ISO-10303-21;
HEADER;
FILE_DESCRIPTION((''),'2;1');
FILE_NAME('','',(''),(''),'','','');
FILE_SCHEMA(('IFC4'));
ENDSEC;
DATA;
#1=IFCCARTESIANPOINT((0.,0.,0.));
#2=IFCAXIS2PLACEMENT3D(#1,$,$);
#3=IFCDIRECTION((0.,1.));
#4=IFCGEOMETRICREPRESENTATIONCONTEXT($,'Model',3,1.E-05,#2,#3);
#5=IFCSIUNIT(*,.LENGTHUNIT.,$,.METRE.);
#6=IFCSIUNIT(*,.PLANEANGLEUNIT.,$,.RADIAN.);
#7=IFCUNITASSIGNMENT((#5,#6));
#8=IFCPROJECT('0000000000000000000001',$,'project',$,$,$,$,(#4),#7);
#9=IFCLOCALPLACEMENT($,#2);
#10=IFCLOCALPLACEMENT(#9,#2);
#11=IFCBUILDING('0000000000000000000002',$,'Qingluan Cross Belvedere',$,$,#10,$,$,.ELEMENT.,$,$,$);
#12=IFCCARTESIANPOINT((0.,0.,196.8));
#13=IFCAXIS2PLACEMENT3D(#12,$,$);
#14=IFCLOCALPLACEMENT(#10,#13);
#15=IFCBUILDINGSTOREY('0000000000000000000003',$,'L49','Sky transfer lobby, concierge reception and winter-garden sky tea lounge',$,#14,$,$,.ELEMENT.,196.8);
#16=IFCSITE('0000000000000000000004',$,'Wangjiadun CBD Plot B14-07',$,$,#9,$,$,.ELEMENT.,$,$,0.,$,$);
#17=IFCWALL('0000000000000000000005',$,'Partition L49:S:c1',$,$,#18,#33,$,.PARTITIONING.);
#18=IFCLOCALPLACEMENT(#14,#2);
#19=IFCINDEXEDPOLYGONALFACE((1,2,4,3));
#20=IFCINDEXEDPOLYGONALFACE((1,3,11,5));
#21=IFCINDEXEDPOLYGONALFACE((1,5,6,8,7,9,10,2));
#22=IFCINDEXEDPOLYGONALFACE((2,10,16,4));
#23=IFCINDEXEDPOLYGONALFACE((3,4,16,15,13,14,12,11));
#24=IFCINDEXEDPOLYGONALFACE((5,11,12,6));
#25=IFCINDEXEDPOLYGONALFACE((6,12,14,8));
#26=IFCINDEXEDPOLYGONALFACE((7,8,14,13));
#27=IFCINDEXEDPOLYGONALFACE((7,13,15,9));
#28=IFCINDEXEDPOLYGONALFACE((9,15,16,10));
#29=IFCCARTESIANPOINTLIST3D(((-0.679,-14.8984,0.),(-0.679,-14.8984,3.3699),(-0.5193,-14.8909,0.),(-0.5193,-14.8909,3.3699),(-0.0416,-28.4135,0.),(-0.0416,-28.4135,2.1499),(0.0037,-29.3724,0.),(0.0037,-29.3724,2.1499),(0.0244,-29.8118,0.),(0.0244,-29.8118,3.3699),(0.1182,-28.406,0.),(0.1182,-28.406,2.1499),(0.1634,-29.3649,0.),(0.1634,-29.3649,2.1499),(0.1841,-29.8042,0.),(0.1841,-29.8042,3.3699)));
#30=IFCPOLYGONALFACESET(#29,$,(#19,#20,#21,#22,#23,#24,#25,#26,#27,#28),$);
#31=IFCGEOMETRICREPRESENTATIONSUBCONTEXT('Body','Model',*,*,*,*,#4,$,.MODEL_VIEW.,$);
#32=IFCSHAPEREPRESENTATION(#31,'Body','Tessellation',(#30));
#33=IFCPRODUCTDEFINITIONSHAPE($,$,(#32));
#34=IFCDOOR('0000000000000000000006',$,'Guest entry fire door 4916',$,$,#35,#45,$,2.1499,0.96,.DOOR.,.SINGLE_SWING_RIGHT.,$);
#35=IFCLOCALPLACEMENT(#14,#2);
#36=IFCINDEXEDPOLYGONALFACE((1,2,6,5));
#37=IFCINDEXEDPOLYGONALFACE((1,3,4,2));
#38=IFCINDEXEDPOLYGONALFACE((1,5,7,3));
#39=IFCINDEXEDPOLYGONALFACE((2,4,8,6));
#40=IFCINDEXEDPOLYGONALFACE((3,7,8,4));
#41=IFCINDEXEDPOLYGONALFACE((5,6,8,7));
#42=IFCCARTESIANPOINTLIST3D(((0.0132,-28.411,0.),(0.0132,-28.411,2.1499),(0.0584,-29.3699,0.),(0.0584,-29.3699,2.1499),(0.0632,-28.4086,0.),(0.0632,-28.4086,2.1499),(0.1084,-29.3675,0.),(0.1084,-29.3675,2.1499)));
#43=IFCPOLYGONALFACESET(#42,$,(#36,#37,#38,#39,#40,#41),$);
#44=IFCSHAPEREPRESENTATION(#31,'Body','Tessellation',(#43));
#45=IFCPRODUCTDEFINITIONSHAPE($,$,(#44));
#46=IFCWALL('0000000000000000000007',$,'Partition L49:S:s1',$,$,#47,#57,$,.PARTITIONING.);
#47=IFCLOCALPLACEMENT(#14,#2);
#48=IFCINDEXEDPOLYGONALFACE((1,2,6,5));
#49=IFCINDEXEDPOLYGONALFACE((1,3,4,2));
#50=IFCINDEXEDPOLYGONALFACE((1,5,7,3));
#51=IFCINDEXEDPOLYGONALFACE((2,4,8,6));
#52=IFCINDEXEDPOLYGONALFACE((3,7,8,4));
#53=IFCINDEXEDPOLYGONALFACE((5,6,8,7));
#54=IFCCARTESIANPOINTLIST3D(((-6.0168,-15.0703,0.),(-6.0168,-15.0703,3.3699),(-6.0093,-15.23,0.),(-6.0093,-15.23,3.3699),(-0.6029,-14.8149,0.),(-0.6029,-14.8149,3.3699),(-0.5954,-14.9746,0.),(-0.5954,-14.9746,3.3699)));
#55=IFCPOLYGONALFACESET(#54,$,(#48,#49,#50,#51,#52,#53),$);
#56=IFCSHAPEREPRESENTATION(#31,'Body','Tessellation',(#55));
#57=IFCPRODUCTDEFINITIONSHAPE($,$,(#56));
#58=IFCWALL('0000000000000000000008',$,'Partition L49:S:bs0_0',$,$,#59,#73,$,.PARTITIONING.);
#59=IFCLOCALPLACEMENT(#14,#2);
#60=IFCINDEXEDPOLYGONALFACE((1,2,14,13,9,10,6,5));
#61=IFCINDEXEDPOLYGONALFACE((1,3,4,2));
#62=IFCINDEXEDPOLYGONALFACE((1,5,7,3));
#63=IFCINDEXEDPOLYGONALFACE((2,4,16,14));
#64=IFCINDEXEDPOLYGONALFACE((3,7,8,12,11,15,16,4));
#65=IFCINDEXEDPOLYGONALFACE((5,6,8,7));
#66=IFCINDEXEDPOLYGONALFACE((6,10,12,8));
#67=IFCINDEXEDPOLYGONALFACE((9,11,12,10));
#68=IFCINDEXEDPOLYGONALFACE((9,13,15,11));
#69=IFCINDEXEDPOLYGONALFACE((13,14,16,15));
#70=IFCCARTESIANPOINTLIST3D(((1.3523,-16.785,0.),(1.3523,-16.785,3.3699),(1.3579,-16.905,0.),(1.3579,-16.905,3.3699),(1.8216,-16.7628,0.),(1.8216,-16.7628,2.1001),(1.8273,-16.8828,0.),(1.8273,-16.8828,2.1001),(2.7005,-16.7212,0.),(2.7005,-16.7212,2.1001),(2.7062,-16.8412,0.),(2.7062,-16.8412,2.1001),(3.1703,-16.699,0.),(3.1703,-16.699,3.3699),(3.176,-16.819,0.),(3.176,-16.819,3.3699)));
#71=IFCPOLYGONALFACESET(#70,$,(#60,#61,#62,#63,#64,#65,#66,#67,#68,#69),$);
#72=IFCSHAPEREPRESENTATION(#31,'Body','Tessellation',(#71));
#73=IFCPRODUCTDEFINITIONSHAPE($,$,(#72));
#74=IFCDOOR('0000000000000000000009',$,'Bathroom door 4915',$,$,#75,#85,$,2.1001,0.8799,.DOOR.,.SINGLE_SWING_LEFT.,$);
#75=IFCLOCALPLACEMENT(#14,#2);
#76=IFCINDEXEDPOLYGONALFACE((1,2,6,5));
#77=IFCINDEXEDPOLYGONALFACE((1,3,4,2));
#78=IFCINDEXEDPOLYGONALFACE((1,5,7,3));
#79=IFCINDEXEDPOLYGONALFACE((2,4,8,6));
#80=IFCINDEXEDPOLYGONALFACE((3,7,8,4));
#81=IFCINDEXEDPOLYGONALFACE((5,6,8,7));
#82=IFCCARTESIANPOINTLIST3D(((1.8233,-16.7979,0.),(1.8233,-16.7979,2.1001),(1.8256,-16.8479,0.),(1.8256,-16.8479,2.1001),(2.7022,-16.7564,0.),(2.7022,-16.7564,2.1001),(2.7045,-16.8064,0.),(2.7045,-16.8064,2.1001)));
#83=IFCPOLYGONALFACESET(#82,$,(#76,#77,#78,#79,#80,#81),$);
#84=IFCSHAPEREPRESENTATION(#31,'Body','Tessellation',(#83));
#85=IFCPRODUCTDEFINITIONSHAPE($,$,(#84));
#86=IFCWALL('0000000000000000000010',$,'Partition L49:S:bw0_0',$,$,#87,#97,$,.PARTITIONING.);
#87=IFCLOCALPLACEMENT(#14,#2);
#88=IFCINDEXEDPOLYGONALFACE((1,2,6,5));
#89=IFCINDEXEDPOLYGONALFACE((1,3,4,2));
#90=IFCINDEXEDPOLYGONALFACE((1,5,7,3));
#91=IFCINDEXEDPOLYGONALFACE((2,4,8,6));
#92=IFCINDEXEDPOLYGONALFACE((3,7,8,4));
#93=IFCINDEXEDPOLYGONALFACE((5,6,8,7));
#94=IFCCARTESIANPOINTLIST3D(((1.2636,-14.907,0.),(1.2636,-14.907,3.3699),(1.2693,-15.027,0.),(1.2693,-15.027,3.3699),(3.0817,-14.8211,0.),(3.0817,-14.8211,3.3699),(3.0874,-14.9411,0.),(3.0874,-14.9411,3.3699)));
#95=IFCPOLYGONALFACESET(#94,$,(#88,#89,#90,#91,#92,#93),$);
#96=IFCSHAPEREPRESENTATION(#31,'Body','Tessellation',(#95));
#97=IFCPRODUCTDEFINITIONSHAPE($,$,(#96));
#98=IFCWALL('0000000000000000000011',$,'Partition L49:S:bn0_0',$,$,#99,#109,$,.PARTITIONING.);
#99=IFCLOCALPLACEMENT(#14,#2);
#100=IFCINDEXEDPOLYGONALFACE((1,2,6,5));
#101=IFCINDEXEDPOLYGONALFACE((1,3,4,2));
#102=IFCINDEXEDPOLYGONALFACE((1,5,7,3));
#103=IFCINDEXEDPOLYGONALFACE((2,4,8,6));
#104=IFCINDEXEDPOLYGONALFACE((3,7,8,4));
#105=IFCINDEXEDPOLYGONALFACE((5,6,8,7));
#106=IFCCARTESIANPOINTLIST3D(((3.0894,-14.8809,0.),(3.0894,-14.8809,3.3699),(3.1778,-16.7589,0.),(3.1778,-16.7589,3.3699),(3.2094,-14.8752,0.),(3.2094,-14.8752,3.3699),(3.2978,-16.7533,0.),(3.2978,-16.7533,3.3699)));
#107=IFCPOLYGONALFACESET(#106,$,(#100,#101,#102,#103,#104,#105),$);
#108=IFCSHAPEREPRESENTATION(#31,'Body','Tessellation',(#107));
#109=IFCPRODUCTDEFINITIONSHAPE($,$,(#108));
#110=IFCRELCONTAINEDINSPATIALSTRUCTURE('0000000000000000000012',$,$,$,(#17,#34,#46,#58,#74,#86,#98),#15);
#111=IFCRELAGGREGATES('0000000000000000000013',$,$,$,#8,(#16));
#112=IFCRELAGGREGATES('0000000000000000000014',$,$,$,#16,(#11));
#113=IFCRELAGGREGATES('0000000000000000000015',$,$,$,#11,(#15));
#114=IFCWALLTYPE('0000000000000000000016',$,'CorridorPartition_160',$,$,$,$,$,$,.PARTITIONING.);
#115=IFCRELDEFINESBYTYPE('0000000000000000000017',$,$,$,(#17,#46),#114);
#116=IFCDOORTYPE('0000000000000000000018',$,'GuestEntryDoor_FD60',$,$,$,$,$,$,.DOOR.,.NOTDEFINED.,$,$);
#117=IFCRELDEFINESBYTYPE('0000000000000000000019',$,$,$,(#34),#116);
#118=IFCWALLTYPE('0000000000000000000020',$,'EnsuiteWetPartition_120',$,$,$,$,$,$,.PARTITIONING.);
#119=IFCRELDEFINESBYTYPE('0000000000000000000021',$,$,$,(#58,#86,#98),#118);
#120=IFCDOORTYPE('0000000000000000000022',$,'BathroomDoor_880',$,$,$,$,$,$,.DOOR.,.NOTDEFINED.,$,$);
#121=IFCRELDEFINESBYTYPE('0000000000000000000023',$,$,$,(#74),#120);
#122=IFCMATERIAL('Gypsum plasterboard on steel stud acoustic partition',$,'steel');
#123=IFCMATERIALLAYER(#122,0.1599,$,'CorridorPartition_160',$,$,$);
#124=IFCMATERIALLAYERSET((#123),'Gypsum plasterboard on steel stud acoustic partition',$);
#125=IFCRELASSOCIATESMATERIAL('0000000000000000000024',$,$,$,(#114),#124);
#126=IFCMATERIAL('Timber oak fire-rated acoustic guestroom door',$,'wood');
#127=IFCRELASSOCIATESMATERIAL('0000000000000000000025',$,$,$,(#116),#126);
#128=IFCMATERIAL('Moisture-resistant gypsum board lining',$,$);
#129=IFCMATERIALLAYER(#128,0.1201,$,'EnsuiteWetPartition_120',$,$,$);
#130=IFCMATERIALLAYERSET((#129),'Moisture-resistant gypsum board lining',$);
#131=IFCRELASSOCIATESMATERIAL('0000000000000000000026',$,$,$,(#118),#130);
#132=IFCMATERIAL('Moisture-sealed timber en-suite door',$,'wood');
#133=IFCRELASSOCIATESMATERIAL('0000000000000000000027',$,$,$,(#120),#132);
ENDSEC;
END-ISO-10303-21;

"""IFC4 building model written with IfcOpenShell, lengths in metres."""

from ifc_helpers import new_model, si_unit, direction, frame, frame_2d, origin, place, context, subcontext, project, spatial, rectangle, extrude, material, layer, layer_set, type_object, element, fill, save


model = new_model("IFC4")

# Units and contexts
model_context = context("Model", 3, precision=1e-05, world=origin(), true_north=direction((0.0, 1.0)))
body_context = subcontext(model_context, "Body", "Model", "MODEL_VIEW")
ifc_project = project(units=[si_unit("LENGTHUNIT", "METRE"), si_unit("PLANEANGLEUNIT", "RADIAN")], contexts=[model_context])

# Site, building, storey
site_placement = place(None, origin())
site = spatial("IfcSite", under=ifc_project, at=site_placement, Name="Wangjiadun CBD Plot B14-07", CompositionType="ELEMENT", RefElevation=0.0)
building_placement = place(site_placement, origin())
building = spatial("IfcBuilding", under=site, at=building_placement, Name="Qingluan Cross Belvedere", CompositionType="ELEMENT")
storey_placement = place(building_placement, frame((0.0, 0.0, 196.8)))
storey = spatial("IfcBuildingStorey", under=building, at=storey_placement, Name="L49", Description="Sky transfer lobby, concierge reception and winter-garden sky tea lounge", CompositionType="ELEMENT", Elevation=196.8)

# Shared definitions
ifc_material_1 = material(Name="Gypsum plasterboard on steel stud acoustic partition", Category="steel")
ifc_layer_1 = layer(ifc_material_1, 0.1599, Name="CorridorPartition_160")
ifc_layer_set_1 = layer_set([ifc_layer_1], Name="Gypsum plasterboard on steel stud acoustic partition")
wall_type_1 = type_object("IfcWallType", Name="CorridorPartition_160", PredefinedType="PARTITIONING", material=ifc_layer_set_1)
ifc_material_2 = material(Name="Timber oak fire-rated acoustic guestroom door", Category="wood")
door_type_1 = type_object("IfcDoorType", Name="GuestEntryDoor_FD60", OperationType="NOTDEFINED", PredefinedType="DOOR", material=ifc_material_2)

# Wall, opening, door
wall_1_placement = place(storey_placement, frame((-0.5991, -14.8948, 0.0), z_axis=(0.0, 0.0, 1.0), x_axis=(0.047111, -0.99889, 0.0)))
wall_1 = element("IfcWall", 1, at=wall_1_placement, inside=storey, type_object=wall_type_1, Name="Partition L49:S:c1", PredefinedType="PARTITIONING", context=body_context, shape_type="SweptSolid", body=[
    extrude(rectangle(XDim=14.9299, YDim=0.1599, at=frame_2d((7.4648, 0.0))), origin(), (0.0, 0.0, 1.0), 3.3699),
])
opening_1_placement = place(wall_1_placement, frame((13.53, 0.0, 0.0)))
opening_1 = element("IfcOpeningElement", 2, at=opening_1_placement, cuts=wall_1, PredefinedType="OPENING", context=body_context, shape_type="SweptSolid", body=[
    extrude(rectangle(XDim=0.96, YDim=2.1499, at=frame_2d((0.48, 1.075))), frame((0.0, 0.0898, 0.0), z_axis=(0.0, -1.0, 0.0), x_axis=(1.0, 0.0, 0.0)), (0.0, 0.0, 1.0), 0.1799),
])
door_1_placement = place(opening_1_placement, origin())
door_1 = element("IfcDoor", 3, at=door_1_placement, inside=storey, type_object=door_type_1, Name="Guest entry fire door 4916", OperationType="SINGLE_SWING_RIGHT", OverallHeight=2.1499, OverallWidth=0.96, PredefinedType="DOOR", context=body_context, shape_type="SweptSolid", body=[
    extrude(rectangle(XDim=0.96, YDim=2.1499, at=frame_2d((0.48, 1.075))), frame((0.0, 0.0249, 0.0), z_axis=(0.0, -1.0, 0.0), x_axis=(1.0, 0.0, 0.0)), (0.0, 0.0, 1.0), 0.05),
])
fill(opening_1, door_1)

# Wall
wall_2_placement = place(storey_placement, frame((-0.5991, -14.8948, 0.0), z_axis=(0.0, 0.0, 1.0), x_axis=(-0.998889, -0.047118, 0.0)))
element("IfcWall", 4, at=wall_2_placement, inside=storey, type_object=wall_type_1, Name="Partition L49:S:s1", PredefinedType="PARTITIONING", context=body_context, shape_type="SweptSolid", body=[
    extrude(rectangle(XDim=5.4199, YDim=0.1599, at=frame_2d((2.71, 0.0))), origin(), (0.0, 0.0, 1.0), 3.3699),
])

# Wall, opening, door
ifc_material_3 = material(Name="Moisture-resistant gypsum board lining")
ifc_layer_2 = layer(ifc_material_3, 0.1201, Name="EnsuiteWetPartition_120")
ifc_layer_set_2 = layer_set([ifc_layer_2], Name="Moisture-resistant gypsum board lining")
wall_type_2 = type_object("IfcWallType", Name="EnsuiteWetPartition_120", PredefinedType="PARTITIONING", material=ifc_layer_set_2)
wall_3_placement = place(storey_placement, frame((1.355, -16.845, 0.0), z_axis=(0.0, 0.0, 1.0), x_axis=(0.998885, 0.047215, 0.0)))
wall_3 = element("IfcWall", 5, at=wall_3_placement, inside=storey, type_object=wall_type_2, Name="Partition L49:S:bs0_0", PredefinedType="PARTITIONING", context=body_context, shape_type="SweptSolid", body=[
    extrude(rectangle(XDim=1.8201, YDim=0.1201, at=frame_2d((0.9102, 0.0))), origin(), (0.0, 0.0, 1.0), 3.3699),
])
opening_2_placement = place(wall_3_placement, frame((0.47, 0.0, 0.0)))
opening_2 = element("IfcOpeningElement", 6, at=opening_2_placement, cuts=wall_3, PredefinedType="OPENING", context=body_context, shape_type="SweptSolid", body=[
    extrude(rectangle(XDim=0.8799, YDim=2.1001, at=frame_2d((0.4399, 1.05))), frame((0.0, 0.0701, 0.0), z_axis=(0.0, -1.0, 0.0), x_axis=(1.0, 0.0, 0.0)), (0.0, 0.0, 1.0), 0.1401),
])
ifc_material_4 = material(Name="Moisture-sealed timber en-suite door", Category="wood")
door_type_2 = type_object("IfcDoorType", Name="BathroomDoor_880", OperationType="NOTDEFINED", PredefinedType="DOOR", material=ifc_material_4)
door_2_placement = place(opening_2_placement, origin())
door_2 = element("IfcDoor", 7, at=door_2_placement, inside=storey, type_object=door_type_2, Name="Bathroom door 4915", OperationType="SINGLE_SWING_LEFT", OverallHeight=2.1001, OverallWidth=0.8799, PredefinedType="DOOR", context=body_context, shape_type="SweptSolid", body=[
    extrude(rectangle(XDim=0.8799, YDim=2.1001, at=frame_2d((0.4399, 1.05))), frame((0.0, 0.0249, 0.0), z_axis=(0.0, -1.0, 0.0), x_axis=(1.0, 0.0, 0.0)), (0.0, 0.0, 1.0), 0.05),
])
fill(opening_2, door_2)

# Walls
wall_4_placement = place(storey_placement, frame((1.2664, -14.967, 0.0), z_axis=(0.0, 0.0, 1.0), x_axis=(0.998885, 0.047215, 0.0)))
element("IfcWall", 8, at=wall_4_placement, inside=storey, type_object=wall_type_2, Name="Partition L49:S:bw0_0", PredefinedType="PARTITIONING", context=body_context, shape_type="SweptSolid", body=[
    extrude(rectangle(XDim=1.8201, YDim=0.1201, at=frame_2d((0.9102, 0.0))), origin(), (0.0, 0.0, 1.0), 3.3699),
])
wall_5_placement = place(storey_placement, frame((3.1494, -14.8782, 0.0), z_axis=(0.0, 0.0, 1.0), x_axis=(0.04701, -0.998894, 0.0)))
element("IfcWall", 9, at=wall_5_placement, inside=storey, type_object=wall_type_2, Name="Partition L49:S:bn0_0", PredefinedType="PARTITIONING", context=body_context, shape_type="SweptSolid", body=[
    extrude(rectangle(XDim=1.8801, YDim=0.1201, at=frame_2d((0.9399, 0.0))), origin(), (0.0, 0.0, 1.0), 3.3699),
])

save(model, "model.ifc")
